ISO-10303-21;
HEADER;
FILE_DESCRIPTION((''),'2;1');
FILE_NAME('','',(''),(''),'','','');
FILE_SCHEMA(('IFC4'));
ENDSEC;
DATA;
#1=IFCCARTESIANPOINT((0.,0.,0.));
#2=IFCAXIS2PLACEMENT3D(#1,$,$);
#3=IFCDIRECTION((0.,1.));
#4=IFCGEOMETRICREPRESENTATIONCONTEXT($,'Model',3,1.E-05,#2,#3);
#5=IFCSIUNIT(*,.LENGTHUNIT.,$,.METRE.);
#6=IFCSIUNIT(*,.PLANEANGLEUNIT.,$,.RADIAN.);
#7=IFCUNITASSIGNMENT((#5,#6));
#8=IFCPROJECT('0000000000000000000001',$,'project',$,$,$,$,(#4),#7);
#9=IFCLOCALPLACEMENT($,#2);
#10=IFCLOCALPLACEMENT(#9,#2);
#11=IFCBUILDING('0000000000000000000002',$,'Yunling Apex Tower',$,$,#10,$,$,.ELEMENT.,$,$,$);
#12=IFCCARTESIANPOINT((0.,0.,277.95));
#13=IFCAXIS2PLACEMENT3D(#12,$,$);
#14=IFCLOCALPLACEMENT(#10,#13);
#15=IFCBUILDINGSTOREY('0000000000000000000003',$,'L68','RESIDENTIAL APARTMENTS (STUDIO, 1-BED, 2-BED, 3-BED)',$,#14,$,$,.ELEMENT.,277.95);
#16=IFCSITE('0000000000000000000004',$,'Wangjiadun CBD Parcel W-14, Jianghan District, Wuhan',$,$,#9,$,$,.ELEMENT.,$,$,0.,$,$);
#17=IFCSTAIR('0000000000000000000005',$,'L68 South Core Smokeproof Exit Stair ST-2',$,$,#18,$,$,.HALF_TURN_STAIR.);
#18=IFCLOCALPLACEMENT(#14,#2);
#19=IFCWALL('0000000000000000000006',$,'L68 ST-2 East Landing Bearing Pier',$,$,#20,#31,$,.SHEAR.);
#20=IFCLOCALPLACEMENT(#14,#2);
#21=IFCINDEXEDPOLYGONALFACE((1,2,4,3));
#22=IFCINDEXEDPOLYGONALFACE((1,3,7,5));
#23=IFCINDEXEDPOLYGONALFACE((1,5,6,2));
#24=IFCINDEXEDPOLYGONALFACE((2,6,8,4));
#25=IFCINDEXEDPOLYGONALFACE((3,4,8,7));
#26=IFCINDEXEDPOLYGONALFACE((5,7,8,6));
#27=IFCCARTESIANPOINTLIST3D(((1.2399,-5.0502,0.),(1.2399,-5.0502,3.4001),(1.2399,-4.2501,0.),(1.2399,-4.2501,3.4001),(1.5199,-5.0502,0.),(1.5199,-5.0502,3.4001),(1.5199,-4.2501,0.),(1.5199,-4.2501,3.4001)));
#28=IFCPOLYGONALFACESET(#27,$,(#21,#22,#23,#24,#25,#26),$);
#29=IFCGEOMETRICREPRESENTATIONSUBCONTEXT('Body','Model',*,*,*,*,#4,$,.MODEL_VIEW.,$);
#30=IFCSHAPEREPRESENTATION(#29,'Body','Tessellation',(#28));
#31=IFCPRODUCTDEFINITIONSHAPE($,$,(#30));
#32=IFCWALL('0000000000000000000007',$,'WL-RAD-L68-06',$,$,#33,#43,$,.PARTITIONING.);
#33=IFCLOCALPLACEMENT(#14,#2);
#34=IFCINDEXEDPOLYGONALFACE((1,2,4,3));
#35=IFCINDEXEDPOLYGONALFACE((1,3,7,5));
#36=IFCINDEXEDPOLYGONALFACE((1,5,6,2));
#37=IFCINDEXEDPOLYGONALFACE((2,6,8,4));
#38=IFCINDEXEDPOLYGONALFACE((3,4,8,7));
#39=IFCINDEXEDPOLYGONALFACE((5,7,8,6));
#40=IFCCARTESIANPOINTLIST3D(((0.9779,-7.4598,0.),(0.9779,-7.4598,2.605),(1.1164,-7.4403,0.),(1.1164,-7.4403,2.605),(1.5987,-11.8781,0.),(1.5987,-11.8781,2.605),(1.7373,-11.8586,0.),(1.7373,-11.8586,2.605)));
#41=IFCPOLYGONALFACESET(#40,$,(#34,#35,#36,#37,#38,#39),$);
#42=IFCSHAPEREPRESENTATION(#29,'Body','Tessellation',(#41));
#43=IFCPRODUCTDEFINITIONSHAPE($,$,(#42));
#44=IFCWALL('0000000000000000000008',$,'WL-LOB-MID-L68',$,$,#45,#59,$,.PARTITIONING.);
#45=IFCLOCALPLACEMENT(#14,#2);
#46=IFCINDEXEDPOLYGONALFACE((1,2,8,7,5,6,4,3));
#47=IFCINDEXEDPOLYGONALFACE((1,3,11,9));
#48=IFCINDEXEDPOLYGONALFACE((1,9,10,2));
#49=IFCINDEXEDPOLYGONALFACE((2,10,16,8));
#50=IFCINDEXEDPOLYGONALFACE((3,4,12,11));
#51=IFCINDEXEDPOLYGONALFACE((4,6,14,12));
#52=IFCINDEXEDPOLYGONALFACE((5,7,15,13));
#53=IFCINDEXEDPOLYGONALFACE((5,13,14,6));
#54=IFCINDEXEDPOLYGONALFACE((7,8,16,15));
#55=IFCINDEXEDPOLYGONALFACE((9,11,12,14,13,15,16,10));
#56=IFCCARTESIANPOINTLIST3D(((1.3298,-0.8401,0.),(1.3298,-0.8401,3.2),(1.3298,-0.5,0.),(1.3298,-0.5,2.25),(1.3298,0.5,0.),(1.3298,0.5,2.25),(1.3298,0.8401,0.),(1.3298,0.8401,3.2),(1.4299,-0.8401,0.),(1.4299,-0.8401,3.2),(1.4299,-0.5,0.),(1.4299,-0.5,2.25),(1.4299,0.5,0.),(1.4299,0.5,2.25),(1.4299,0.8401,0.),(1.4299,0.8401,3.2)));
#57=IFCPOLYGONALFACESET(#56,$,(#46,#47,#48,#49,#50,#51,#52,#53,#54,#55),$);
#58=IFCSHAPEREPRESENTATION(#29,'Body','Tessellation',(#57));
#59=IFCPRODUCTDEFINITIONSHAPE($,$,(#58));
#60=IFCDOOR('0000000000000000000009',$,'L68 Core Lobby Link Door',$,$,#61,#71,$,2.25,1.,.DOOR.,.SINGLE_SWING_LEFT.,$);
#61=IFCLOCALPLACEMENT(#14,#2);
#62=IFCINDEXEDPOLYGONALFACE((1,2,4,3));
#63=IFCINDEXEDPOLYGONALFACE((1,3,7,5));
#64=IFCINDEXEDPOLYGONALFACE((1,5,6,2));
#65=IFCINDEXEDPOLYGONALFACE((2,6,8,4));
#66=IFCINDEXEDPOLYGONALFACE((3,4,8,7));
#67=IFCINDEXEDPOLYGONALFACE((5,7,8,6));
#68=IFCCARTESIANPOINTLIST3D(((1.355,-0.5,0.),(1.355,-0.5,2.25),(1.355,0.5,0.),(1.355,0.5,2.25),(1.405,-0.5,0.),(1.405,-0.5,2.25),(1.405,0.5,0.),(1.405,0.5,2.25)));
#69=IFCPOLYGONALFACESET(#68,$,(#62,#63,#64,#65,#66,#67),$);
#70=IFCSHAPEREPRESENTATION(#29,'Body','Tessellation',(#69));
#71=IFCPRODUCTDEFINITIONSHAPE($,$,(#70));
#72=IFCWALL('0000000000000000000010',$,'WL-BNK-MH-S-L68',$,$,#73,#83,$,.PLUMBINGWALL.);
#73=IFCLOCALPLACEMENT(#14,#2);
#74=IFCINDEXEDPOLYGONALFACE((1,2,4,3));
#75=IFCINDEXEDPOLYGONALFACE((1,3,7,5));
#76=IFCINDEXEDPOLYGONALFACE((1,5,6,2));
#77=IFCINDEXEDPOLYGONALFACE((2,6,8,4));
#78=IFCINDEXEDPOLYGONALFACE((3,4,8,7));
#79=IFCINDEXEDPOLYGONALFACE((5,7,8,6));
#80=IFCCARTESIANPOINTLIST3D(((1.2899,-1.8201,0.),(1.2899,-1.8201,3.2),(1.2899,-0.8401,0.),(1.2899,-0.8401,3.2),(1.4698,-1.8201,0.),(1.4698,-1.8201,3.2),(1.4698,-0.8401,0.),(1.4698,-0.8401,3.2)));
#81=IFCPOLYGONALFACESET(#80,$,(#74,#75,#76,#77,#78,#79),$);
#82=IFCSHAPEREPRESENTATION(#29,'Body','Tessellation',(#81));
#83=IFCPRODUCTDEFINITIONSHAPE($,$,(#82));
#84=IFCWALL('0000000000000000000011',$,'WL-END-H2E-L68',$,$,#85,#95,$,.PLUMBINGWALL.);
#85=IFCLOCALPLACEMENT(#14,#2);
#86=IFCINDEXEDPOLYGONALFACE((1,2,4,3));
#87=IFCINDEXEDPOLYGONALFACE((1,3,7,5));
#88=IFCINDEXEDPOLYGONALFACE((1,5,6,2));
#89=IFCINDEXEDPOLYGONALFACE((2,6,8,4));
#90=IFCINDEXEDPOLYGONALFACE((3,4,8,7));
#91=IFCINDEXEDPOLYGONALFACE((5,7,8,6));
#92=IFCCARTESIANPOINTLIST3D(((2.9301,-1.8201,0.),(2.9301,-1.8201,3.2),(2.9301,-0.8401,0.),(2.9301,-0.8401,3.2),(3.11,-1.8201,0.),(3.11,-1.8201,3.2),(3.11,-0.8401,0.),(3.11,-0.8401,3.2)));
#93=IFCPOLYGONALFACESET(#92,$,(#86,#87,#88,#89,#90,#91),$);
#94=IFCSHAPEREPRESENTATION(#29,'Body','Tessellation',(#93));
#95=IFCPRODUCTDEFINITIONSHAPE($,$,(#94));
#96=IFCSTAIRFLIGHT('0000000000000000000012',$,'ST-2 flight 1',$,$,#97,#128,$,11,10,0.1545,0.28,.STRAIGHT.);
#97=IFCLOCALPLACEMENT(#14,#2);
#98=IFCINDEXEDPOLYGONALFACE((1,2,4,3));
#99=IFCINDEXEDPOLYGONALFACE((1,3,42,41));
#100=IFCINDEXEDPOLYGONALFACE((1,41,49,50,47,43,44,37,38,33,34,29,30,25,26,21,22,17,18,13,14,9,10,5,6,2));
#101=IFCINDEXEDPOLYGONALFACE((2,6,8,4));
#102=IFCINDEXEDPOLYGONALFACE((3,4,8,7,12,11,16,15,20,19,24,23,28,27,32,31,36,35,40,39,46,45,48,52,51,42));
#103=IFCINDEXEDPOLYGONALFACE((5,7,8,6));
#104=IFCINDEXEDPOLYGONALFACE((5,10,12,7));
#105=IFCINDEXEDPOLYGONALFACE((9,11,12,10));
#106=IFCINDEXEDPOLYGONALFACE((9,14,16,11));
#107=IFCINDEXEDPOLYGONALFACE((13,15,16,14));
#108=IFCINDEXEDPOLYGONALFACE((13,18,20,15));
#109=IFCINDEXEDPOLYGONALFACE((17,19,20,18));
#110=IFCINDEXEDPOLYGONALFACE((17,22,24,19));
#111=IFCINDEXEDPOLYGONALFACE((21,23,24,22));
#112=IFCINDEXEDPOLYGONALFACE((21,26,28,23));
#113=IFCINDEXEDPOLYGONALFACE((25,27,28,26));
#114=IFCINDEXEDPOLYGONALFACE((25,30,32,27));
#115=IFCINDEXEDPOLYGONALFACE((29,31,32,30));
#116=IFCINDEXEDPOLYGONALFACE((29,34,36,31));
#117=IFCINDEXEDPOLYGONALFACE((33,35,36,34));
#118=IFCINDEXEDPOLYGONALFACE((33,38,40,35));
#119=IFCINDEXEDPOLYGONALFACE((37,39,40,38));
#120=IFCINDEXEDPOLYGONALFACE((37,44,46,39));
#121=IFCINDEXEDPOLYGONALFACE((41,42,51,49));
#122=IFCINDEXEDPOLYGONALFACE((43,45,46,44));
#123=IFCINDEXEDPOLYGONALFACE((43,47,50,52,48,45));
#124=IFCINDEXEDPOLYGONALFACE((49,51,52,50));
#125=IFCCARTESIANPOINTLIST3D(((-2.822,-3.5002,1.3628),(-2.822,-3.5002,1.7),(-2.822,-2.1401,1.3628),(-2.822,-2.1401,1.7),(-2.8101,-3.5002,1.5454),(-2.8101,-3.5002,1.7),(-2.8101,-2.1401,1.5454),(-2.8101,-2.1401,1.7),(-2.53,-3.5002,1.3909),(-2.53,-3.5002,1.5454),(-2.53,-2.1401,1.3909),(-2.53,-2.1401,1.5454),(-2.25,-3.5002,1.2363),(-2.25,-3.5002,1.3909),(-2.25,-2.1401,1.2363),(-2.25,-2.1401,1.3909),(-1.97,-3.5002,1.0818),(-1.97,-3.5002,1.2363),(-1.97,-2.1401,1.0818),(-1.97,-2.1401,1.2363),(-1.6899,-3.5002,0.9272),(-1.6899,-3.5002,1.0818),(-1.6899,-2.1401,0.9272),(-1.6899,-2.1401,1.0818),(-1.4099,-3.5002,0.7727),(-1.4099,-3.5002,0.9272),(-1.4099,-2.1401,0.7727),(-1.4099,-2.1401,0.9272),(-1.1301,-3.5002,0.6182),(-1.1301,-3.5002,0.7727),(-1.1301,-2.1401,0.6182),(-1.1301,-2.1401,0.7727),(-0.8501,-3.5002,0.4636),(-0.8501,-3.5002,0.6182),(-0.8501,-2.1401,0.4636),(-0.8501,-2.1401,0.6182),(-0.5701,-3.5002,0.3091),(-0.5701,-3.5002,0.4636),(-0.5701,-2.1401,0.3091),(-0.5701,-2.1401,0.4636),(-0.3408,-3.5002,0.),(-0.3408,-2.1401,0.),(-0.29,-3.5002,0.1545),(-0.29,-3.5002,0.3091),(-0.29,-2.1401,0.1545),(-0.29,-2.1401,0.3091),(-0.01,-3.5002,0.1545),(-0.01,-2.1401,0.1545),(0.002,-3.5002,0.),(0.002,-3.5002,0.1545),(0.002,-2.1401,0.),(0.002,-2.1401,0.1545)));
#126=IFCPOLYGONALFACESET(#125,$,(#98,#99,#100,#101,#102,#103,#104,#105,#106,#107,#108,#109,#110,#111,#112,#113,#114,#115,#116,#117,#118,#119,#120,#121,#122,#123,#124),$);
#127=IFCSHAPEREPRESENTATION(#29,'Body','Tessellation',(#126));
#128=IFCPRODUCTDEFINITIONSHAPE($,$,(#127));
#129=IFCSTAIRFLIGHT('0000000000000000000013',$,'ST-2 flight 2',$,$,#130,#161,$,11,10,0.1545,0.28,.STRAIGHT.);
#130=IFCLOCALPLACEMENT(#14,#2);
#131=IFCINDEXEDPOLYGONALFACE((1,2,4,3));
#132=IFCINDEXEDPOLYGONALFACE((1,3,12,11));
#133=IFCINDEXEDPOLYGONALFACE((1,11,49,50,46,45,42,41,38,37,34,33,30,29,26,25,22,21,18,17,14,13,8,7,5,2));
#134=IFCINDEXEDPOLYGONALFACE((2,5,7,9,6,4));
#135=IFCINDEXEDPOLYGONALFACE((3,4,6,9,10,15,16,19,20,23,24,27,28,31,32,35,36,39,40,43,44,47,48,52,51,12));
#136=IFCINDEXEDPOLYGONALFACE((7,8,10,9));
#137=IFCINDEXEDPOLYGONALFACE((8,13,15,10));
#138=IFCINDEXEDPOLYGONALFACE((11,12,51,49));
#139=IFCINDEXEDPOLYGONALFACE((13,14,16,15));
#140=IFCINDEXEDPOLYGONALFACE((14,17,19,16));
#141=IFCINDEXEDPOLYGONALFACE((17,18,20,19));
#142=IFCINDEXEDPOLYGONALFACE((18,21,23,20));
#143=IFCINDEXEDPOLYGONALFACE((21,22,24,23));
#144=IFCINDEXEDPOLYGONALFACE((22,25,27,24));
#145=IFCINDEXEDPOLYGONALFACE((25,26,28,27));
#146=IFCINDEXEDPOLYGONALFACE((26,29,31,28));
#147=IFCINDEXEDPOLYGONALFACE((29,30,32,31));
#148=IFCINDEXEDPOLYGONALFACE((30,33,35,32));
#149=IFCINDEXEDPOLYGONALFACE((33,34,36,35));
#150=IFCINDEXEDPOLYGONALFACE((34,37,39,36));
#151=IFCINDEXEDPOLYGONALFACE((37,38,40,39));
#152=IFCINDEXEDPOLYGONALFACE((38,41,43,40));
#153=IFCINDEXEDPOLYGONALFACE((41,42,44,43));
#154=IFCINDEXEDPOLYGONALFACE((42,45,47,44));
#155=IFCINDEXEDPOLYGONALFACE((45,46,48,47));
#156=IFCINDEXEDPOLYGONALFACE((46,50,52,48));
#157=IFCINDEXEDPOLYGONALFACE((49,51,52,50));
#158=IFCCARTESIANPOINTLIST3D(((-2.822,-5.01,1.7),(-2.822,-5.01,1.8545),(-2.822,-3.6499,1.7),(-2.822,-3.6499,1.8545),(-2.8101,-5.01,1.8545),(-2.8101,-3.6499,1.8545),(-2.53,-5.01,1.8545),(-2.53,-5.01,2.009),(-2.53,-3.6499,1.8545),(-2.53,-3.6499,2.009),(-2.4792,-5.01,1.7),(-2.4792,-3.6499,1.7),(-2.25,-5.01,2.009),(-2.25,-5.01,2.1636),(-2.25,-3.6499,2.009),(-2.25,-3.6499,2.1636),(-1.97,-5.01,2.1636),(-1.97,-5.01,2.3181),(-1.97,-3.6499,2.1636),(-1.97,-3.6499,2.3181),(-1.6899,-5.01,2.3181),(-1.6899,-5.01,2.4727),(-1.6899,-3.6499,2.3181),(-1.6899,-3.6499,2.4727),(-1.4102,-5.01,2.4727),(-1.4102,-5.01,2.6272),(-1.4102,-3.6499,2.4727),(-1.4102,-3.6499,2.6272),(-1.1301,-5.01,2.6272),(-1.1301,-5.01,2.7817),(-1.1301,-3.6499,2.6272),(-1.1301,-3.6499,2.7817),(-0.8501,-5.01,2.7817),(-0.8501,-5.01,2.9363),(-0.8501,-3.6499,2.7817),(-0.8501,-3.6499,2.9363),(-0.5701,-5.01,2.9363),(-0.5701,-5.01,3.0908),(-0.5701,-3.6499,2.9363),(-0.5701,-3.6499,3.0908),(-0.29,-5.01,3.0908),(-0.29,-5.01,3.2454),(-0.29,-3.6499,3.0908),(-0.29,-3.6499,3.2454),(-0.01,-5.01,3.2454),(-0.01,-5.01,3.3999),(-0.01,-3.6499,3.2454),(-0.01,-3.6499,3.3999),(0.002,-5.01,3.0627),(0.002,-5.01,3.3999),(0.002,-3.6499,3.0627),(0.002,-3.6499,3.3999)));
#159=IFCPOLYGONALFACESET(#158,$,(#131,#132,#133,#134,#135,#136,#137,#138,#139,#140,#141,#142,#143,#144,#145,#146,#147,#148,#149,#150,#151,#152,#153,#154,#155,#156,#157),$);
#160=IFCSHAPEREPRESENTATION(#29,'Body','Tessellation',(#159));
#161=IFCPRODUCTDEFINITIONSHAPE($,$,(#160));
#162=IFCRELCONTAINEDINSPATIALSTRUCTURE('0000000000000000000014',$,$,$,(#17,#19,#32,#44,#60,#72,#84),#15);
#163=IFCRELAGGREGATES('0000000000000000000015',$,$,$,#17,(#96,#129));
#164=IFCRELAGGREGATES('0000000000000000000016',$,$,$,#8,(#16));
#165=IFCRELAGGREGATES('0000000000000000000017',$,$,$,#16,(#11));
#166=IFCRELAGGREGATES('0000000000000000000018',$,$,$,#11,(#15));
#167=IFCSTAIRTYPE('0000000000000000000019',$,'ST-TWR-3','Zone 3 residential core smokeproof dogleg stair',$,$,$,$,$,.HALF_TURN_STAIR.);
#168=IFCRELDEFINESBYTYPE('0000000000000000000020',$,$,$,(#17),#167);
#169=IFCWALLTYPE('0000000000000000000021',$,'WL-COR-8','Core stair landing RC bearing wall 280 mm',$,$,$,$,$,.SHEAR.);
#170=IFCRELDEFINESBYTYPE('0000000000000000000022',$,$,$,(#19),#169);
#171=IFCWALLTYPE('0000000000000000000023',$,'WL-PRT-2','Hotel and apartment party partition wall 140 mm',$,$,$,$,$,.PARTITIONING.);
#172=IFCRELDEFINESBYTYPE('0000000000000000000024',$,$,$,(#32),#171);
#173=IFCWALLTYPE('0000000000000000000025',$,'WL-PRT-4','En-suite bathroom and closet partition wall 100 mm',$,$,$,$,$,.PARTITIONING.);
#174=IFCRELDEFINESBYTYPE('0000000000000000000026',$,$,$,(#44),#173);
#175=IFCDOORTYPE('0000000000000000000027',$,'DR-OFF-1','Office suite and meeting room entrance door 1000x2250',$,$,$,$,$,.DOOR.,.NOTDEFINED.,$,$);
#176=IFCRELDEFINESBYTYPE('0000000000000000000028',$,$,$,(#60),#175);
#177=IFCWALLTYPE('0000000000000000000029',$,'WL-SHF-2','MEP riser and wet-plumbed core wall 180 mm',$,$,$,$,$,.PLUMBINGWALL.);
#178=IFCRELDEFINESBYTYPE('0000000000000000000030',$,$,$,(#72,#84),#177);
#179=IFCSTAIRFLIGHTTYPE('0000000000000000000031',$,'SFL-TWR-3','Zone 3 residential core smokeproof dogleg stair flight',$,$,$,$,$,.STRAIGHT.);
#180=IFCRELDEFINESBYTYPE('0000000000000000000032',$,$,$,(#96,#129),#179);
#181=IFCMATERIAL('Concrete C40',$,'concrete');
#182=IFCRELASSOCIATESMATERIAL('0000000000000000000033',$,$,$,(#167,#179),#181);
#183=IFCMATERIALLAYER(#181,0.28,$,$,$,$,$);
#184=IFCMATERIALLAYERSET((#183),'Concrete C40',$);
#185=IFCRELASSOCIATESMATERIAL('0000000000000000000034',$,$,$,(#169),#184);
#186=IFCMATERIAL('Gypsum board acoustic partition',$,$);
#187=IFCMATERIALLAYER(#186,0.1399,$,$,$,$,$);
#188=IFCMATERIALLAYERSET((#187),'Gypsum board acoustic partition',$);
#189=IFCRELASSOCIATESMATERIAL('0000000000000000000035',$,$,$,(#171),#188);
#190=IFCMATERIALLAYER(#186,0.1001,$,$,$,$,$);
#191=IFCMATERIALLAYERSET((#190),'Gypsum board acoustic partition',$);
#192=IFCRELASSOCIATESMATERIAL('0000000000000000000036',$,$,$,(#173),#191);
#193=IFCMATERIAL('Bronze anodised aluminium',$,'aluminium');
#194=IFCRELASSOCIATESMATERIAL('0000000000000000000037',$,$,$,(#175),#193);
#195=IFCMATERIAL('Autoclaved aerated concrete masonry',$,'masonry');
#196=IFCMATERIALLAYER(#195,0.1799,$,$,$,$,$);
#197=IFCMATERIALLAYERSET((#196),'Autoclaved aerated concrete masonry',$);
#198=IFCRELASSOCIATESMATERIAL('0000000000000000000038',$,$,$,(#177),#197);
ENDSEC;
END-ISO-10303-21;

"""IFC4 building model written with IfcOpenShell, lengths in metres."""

from ifc_helpers import new_model, si_unit, direction, frame, frame_2d, origin, place, context, subcontext, project, spatial, polyline, rectangle, outline, extrude, material, layer, layer_set, type_object, element, fill, aggregate, save


model = new_model("IFC4")

# Units and contexts
model_context = context("Model", 3, precision=1e-05, world=origin(), true_north=direction((0.0, 1.0)))
body_context = subcontext(model_context, "Body", "Model", "MODEL_VIEW")
ifc_project = project(units=[si_unit("LENGTHUNIT", "METRE"), si_unit("PLANEANGLEUNIT", "RADIAN")], contexts=[model_context])

# Site, building, storey
site_placement = place(None, origin())
site = spatial("IfcSite", under=ifc_project, at=site_placement, Name="Wangjiadun CBD Parcel W-14, Jianghan District, Wuhan", CompositionType="ELEMENT", RefElevation=0.0)
building_placement = place(site_placement, origin())
building = spatial("IfcBuilding", under=site, at=building_placement, Name="Yunling Apex Tower", CompositionType="ELEMENT")
storey_placement = place(building_placement, frame((0.0, 0.0, 277.95)))
storey = spatial("IfcBuildingStorey", under=building, at=storey_placement, Name="L68", Description="RESIDENTIAL APARTMENTS (STUDIO, 1-BED, 2-BED, 3-BED)", CompositionType="ELEMENT", Elevation=277.95)

# Shared definitions
ifc_material_1 = material(Name="Bronze anodised aluminium", Category="aluminium")

# Shared definitions
ifc_material_2 = material(Name="Concrete C40", Category="concrete")

# Stair
stair_type = type_object("IfcStairType", Name="ST-TWR-3", Description="Zone 3 residential core smokeproof dogleg stair", PredefinedType="HALF_TURN_STAIR", material=ifc_material_2)
stair_1_placement = place(storey_placement, origin())
stair_1 = element("IfcStair", 1, at=stair_1_placement, inside=storey, type_object=stair_type, Name="L68 South Core Smokeproof Exit Stair ST-2", PredefinedType="HALF_TURN_STAIR")

# Walls
ifc_layer_1 = layer(ifc_material_2, 0.28)
ifc_layer_set_1 = layer_set([ifc_layer_1], Name="Concrete C40")
wall_type_1 = type_object("IfcWallType", Name="WL-COR-8", Description="Core stair landing RC bearing wall 280 mm", PredefinedType="SHEAR", material=ifc_layer_set_1)
wall_1_placement = place(storey_placement, frame((1.3799, -5.05, 0.0), z_axis=(0.0, 0.0, 1.0), x_axis=(0.0, 1.0, 0.0)))
element("IfcWall", 2, at=wall_1_placement, inside=storey, type_object=wall_type_1, Name="L68 ST-2 East Landing Bearing Pier", PredefinedType="SHEAR", context=body_context, shape_type="SweptSolid", body=[
    extrude(rectangle(XDim=0.8, YDim=0.28, at=frame_2d((0.3999, 0.0))), origin(), (0.0, 0.0, 1.0), 3.4001),
])
ifc_material_3 = material(Name="Gypsum board acoustic partition")
ifc_layer_2 = layer(ifc_material_3, 0.1399)
ifc_layer_set_2 = layer_set([ifc_layer_2], Name="Gypsum board acoustic partition")
wall_type_2 = type_object("IfcWallType", Name="WL-PRT-2", Description="Hotel and apartment party partition wall 140 mm", PredefinedType="PARTITIONING", material=ifc_layer_set_2)
wall_2_placement = place(storey_placement, frame((1.0471, -7.45, 0.0), z_axis=(0.0, 0.0, 1.0), x_axis=(0.139153, -0.990271, 0.0)))
element("IfcWall", 3, at=wall_2_placement, inside=storey, type_object=wall_type_2, Name="WL-RAD-L68-06", PredefinedType="PARTITIONING", context=body_context, shape_type="SweptSolid", body=[
    extrude(rectangle(XDim=4.4617, YDim=0.1399, at=frame_2d((2.231, 0.0))), origin(), (0.0, 0.0, 1.0), 2.605),
])

# Wall, opening, door
ifc_layer_3 = layer(ifc_material_3, 0.1001)
ifc_layer_set_3 = layer_set([ifc_layer_3], Name="Gypsum board acoustic partition")
wall_type_3 = type_object("IfcWallType", Name="WL-PRT-4", Description="En-suite bathroom and closet partition wall 100 mm", PredefinedType="PARTITIONING", material=ifc_layer_set_3)
wall_3_placement = place(storey_placement, frame((1.3799, -0.8401, 0.0), z_axis=(0.0, 0.0, 1.0), x_axis=(0.0, 1.0, 0.0)))
wall_3 = element("IfcWall", 4, at=wall_3_placement, inside=storey, type_object=wall_type_3, Name="WL-LOB-MID-L68", PredefinedType="PARTITIONING", context=body_context, shape_type="SweptSolid", body=[
    extrude(rectangle(XDim=1.6802, YDim=0.1001, at=frame_2d((0.8401, 0.0))), origin(), (0.0, 0.0, 1.0), 3.2),
])
opening_1_placement = place(wall_3_placement, frame((0.3401, 0.0, 0.0)))
opening_1 = element("IfcOpeningElement", 5, at=opening_1_placement, cuts=wall_3, PredefinedType="OPENING", context=body_context, shape_type="SweptSolid", body=[
    extrude(rectangle(XDim=1.0, YDim=2.25, at=frame_2d((0.5, 1.125))), frame((0.0, 0.0601, 0.0), z_axis=(0.0, -1.0, 0.0), x_axis=(1.0, 0.0, 0.0)), (0.0, 0.0, 1.0), 0.1201),
])
door_type_1 = type_object("IfcDoorType", Name="DR-OFF-1", Description="Office suite and meeting room entrance door 1000x2250", OperationType="NOTDEFINED", PredefinedType="DOOR", material=ifc_material_1)
door_1_placement = place(opening_1_placement, origin())
door_1 = element("IfcDoor", 6, at=door_1_placement, inside=storey, type_object=door_type_1, Name="L68 Core Lobby Link Door", OperationType="SINGLE_SWING_LEFT", OverallHeight=2.25, OverallWidth=1.0, PredefinedType="DOOR", context=body_context, shape_type="SweptSolid", body=[
    extrude(rectangle(XDim=1.0, YDim=2.25, at=frame_2d((0.5, 1.125))), frame((0.0, 0.0249, 0.0), z_axis=(0.0, -1.0, 0.0), x_axis=(1.0, 0.0, 0.0)), (0.0, 0.0, 1.0), 0.05),
])
fill(opening_1, door_1)
ifc_material_4 = material(Name="Autoclaved aerated concrete masonry", Category="masonry")

# Walls
ifc_layer_4 = layer(ifc_material_4, 0.1799)
ifc_layer_set_4 = layer_set([ifc_layer_4], Name="Autoclaved aerated concrete masonry")
wall_type_4 = type_object("IfcWallType", Name="WL-SHF-2", Description="MEP riser and wet-plumbed core wall 180 mm", PredefinedType="PLUMBINGWALL", material=ifc_layer_set_4)
for number, where, z_axis, x_axis, name in (
    (7, (1.3799, -1.8201, 0.0), (0.0, 0.0, 1.0), (0.0, 1.0, 0.0), "WL-BNK-MH-S-L68"),
    (8, (3.02, -1.8201, 0.0), (0.0, 0.0, 1.0), (0.0, 1.0, 0.0), "WL-END-H2E-L68"),
):
    element("IfcWall", number, at=place(storey_placement, frame(where, z_axis=z_axis, x_axis=x_axis)), inside=storey, type_object=wall_type_4, Name=name, PredefinedType="PLUMBINGWALL", context=body_context, shape_type="SweptSolid", body=[
        extrude(rectangle(XDim=0.98, YDim=0.1799, at=frame_2d((0.49, 0.0))), origin(), (0.0, 0.0, 1.0), 3.2),
    ])

# Stair flights
stair_flight_type = type_object("IfcStairFlightType", Name="SFL-TWR-3", Description="Zone 3 residential core smokeproof dogleg stair flight", PredefinedType="STRAIGHT", material=ifc_material_2)
stair_flight_1_placement = place(storey_placement, frame((-0.01, -2.8201, 0.0), z_axis=(0.0, 0.0, 1.0), x_axis=(-1.0, 0.0, 0.0)))
stair_flight_1 = element("IfcStairFlight", 9, at=stair_flight_1_placement, type_object=stair_flight_type, Name="ST-2 flight 1", NumberOfRisers=11, NumberOfTreads=10, PredefinedType="STRAIGHT", RiserHeight=0.1545, TreadLength=0.28, context=body_context, shape_type="SweptSolid", body=[
    extrude(outline(polyline([(-0.012, 0.0), (-0.012, 0.1545), (0.0, 0.1545), (0.28, 0.1545), (0.28, 0.3091), (0.5601, 0.3091), (0.5601, 0.4636), (0.8401, 0.4636), (0.8401, 0.6182), (1.1201, 0.6182), (1.1201, 0.7727), (1.3999, 0.7727), (1.3999, 0.9272), (1.6799, 0.9272), (1.6799, 1.0818), (1.96, 1.0818), (1.96, 1.2363), (2.24, 1.2363), (2.24, 1.3909), (2.52, 1.3909), (2.52, 1.5454), (2.8, 1.5454), (2.8, 1.7), (2.812, 1.7), (2.812, 1.3628), (0.3308, 0.0), (-0.012, 0.0)])), frame((0.0, 0.6802, 0.0), z_axis=(0.0, -1.0, 0.0), x_axis=(1.0, 0.0, 0.0)), (0.0, 0.0, 1.0), 1.3601),
])
stair_flight_2_placement = place(storey_placement, frame((-2.8101, -4.3301, 1.7), z_axis=(0.0, 0.0, 1.0), x_axis=(1.0, 0.0, 0.0)))
stair_flight_2 = element("IfcStairFlight", 10, at=stair_flight_2_placement, type_object=stair_flight_type, Name="ST-2 flight 2", NumberOfRisers=11, NumberOfTreads=10, PredefinedType="STRAIGHT", RiserHeight=0.1545, TreadLength=0.28, context=body_context, shape_type="SweptSolid", body=[
    extrude(outline(polyline([(-0.012, 0.0), (-0.012, 0.1545), (0.0, 0.1545), (0.28, 0.1545), (0.28, 0.3091), (0.5601, 0.3091), (0.5601, 0.4636), (0.8401, 0.4636), (0.8401, 0.6182), (1.1201, 0.6182), (1.1201, 0.7727), (1.3999, 0.7727), (1.3999, 0.9272), (1.6799, 0.9272), (1.6799, 1.0818), (1.96, 1.0818), (1.96, 1.2363), (2.24, 1.2363), (2.24, 1.3909), (2.52, 1.3909), (2.52, 1.5454), (2.8, 1.5454), (2.8, 1.7), (2.812, 1.7), (2.812, 1.3628), (0.3308, 0.0), (-0.012, 0.0)])), frame((0.0, 0.6802, 0.0), z_axis=(0.0, -1.0, 0.0), x_axis=(1.0, 0.0, 0.0)), (0.0, 0.0, 1.0), 1.3601),
])
aggregate(stair_1, [stair_flight_1, stair_flight_2])

save(model, "model.ifc")
